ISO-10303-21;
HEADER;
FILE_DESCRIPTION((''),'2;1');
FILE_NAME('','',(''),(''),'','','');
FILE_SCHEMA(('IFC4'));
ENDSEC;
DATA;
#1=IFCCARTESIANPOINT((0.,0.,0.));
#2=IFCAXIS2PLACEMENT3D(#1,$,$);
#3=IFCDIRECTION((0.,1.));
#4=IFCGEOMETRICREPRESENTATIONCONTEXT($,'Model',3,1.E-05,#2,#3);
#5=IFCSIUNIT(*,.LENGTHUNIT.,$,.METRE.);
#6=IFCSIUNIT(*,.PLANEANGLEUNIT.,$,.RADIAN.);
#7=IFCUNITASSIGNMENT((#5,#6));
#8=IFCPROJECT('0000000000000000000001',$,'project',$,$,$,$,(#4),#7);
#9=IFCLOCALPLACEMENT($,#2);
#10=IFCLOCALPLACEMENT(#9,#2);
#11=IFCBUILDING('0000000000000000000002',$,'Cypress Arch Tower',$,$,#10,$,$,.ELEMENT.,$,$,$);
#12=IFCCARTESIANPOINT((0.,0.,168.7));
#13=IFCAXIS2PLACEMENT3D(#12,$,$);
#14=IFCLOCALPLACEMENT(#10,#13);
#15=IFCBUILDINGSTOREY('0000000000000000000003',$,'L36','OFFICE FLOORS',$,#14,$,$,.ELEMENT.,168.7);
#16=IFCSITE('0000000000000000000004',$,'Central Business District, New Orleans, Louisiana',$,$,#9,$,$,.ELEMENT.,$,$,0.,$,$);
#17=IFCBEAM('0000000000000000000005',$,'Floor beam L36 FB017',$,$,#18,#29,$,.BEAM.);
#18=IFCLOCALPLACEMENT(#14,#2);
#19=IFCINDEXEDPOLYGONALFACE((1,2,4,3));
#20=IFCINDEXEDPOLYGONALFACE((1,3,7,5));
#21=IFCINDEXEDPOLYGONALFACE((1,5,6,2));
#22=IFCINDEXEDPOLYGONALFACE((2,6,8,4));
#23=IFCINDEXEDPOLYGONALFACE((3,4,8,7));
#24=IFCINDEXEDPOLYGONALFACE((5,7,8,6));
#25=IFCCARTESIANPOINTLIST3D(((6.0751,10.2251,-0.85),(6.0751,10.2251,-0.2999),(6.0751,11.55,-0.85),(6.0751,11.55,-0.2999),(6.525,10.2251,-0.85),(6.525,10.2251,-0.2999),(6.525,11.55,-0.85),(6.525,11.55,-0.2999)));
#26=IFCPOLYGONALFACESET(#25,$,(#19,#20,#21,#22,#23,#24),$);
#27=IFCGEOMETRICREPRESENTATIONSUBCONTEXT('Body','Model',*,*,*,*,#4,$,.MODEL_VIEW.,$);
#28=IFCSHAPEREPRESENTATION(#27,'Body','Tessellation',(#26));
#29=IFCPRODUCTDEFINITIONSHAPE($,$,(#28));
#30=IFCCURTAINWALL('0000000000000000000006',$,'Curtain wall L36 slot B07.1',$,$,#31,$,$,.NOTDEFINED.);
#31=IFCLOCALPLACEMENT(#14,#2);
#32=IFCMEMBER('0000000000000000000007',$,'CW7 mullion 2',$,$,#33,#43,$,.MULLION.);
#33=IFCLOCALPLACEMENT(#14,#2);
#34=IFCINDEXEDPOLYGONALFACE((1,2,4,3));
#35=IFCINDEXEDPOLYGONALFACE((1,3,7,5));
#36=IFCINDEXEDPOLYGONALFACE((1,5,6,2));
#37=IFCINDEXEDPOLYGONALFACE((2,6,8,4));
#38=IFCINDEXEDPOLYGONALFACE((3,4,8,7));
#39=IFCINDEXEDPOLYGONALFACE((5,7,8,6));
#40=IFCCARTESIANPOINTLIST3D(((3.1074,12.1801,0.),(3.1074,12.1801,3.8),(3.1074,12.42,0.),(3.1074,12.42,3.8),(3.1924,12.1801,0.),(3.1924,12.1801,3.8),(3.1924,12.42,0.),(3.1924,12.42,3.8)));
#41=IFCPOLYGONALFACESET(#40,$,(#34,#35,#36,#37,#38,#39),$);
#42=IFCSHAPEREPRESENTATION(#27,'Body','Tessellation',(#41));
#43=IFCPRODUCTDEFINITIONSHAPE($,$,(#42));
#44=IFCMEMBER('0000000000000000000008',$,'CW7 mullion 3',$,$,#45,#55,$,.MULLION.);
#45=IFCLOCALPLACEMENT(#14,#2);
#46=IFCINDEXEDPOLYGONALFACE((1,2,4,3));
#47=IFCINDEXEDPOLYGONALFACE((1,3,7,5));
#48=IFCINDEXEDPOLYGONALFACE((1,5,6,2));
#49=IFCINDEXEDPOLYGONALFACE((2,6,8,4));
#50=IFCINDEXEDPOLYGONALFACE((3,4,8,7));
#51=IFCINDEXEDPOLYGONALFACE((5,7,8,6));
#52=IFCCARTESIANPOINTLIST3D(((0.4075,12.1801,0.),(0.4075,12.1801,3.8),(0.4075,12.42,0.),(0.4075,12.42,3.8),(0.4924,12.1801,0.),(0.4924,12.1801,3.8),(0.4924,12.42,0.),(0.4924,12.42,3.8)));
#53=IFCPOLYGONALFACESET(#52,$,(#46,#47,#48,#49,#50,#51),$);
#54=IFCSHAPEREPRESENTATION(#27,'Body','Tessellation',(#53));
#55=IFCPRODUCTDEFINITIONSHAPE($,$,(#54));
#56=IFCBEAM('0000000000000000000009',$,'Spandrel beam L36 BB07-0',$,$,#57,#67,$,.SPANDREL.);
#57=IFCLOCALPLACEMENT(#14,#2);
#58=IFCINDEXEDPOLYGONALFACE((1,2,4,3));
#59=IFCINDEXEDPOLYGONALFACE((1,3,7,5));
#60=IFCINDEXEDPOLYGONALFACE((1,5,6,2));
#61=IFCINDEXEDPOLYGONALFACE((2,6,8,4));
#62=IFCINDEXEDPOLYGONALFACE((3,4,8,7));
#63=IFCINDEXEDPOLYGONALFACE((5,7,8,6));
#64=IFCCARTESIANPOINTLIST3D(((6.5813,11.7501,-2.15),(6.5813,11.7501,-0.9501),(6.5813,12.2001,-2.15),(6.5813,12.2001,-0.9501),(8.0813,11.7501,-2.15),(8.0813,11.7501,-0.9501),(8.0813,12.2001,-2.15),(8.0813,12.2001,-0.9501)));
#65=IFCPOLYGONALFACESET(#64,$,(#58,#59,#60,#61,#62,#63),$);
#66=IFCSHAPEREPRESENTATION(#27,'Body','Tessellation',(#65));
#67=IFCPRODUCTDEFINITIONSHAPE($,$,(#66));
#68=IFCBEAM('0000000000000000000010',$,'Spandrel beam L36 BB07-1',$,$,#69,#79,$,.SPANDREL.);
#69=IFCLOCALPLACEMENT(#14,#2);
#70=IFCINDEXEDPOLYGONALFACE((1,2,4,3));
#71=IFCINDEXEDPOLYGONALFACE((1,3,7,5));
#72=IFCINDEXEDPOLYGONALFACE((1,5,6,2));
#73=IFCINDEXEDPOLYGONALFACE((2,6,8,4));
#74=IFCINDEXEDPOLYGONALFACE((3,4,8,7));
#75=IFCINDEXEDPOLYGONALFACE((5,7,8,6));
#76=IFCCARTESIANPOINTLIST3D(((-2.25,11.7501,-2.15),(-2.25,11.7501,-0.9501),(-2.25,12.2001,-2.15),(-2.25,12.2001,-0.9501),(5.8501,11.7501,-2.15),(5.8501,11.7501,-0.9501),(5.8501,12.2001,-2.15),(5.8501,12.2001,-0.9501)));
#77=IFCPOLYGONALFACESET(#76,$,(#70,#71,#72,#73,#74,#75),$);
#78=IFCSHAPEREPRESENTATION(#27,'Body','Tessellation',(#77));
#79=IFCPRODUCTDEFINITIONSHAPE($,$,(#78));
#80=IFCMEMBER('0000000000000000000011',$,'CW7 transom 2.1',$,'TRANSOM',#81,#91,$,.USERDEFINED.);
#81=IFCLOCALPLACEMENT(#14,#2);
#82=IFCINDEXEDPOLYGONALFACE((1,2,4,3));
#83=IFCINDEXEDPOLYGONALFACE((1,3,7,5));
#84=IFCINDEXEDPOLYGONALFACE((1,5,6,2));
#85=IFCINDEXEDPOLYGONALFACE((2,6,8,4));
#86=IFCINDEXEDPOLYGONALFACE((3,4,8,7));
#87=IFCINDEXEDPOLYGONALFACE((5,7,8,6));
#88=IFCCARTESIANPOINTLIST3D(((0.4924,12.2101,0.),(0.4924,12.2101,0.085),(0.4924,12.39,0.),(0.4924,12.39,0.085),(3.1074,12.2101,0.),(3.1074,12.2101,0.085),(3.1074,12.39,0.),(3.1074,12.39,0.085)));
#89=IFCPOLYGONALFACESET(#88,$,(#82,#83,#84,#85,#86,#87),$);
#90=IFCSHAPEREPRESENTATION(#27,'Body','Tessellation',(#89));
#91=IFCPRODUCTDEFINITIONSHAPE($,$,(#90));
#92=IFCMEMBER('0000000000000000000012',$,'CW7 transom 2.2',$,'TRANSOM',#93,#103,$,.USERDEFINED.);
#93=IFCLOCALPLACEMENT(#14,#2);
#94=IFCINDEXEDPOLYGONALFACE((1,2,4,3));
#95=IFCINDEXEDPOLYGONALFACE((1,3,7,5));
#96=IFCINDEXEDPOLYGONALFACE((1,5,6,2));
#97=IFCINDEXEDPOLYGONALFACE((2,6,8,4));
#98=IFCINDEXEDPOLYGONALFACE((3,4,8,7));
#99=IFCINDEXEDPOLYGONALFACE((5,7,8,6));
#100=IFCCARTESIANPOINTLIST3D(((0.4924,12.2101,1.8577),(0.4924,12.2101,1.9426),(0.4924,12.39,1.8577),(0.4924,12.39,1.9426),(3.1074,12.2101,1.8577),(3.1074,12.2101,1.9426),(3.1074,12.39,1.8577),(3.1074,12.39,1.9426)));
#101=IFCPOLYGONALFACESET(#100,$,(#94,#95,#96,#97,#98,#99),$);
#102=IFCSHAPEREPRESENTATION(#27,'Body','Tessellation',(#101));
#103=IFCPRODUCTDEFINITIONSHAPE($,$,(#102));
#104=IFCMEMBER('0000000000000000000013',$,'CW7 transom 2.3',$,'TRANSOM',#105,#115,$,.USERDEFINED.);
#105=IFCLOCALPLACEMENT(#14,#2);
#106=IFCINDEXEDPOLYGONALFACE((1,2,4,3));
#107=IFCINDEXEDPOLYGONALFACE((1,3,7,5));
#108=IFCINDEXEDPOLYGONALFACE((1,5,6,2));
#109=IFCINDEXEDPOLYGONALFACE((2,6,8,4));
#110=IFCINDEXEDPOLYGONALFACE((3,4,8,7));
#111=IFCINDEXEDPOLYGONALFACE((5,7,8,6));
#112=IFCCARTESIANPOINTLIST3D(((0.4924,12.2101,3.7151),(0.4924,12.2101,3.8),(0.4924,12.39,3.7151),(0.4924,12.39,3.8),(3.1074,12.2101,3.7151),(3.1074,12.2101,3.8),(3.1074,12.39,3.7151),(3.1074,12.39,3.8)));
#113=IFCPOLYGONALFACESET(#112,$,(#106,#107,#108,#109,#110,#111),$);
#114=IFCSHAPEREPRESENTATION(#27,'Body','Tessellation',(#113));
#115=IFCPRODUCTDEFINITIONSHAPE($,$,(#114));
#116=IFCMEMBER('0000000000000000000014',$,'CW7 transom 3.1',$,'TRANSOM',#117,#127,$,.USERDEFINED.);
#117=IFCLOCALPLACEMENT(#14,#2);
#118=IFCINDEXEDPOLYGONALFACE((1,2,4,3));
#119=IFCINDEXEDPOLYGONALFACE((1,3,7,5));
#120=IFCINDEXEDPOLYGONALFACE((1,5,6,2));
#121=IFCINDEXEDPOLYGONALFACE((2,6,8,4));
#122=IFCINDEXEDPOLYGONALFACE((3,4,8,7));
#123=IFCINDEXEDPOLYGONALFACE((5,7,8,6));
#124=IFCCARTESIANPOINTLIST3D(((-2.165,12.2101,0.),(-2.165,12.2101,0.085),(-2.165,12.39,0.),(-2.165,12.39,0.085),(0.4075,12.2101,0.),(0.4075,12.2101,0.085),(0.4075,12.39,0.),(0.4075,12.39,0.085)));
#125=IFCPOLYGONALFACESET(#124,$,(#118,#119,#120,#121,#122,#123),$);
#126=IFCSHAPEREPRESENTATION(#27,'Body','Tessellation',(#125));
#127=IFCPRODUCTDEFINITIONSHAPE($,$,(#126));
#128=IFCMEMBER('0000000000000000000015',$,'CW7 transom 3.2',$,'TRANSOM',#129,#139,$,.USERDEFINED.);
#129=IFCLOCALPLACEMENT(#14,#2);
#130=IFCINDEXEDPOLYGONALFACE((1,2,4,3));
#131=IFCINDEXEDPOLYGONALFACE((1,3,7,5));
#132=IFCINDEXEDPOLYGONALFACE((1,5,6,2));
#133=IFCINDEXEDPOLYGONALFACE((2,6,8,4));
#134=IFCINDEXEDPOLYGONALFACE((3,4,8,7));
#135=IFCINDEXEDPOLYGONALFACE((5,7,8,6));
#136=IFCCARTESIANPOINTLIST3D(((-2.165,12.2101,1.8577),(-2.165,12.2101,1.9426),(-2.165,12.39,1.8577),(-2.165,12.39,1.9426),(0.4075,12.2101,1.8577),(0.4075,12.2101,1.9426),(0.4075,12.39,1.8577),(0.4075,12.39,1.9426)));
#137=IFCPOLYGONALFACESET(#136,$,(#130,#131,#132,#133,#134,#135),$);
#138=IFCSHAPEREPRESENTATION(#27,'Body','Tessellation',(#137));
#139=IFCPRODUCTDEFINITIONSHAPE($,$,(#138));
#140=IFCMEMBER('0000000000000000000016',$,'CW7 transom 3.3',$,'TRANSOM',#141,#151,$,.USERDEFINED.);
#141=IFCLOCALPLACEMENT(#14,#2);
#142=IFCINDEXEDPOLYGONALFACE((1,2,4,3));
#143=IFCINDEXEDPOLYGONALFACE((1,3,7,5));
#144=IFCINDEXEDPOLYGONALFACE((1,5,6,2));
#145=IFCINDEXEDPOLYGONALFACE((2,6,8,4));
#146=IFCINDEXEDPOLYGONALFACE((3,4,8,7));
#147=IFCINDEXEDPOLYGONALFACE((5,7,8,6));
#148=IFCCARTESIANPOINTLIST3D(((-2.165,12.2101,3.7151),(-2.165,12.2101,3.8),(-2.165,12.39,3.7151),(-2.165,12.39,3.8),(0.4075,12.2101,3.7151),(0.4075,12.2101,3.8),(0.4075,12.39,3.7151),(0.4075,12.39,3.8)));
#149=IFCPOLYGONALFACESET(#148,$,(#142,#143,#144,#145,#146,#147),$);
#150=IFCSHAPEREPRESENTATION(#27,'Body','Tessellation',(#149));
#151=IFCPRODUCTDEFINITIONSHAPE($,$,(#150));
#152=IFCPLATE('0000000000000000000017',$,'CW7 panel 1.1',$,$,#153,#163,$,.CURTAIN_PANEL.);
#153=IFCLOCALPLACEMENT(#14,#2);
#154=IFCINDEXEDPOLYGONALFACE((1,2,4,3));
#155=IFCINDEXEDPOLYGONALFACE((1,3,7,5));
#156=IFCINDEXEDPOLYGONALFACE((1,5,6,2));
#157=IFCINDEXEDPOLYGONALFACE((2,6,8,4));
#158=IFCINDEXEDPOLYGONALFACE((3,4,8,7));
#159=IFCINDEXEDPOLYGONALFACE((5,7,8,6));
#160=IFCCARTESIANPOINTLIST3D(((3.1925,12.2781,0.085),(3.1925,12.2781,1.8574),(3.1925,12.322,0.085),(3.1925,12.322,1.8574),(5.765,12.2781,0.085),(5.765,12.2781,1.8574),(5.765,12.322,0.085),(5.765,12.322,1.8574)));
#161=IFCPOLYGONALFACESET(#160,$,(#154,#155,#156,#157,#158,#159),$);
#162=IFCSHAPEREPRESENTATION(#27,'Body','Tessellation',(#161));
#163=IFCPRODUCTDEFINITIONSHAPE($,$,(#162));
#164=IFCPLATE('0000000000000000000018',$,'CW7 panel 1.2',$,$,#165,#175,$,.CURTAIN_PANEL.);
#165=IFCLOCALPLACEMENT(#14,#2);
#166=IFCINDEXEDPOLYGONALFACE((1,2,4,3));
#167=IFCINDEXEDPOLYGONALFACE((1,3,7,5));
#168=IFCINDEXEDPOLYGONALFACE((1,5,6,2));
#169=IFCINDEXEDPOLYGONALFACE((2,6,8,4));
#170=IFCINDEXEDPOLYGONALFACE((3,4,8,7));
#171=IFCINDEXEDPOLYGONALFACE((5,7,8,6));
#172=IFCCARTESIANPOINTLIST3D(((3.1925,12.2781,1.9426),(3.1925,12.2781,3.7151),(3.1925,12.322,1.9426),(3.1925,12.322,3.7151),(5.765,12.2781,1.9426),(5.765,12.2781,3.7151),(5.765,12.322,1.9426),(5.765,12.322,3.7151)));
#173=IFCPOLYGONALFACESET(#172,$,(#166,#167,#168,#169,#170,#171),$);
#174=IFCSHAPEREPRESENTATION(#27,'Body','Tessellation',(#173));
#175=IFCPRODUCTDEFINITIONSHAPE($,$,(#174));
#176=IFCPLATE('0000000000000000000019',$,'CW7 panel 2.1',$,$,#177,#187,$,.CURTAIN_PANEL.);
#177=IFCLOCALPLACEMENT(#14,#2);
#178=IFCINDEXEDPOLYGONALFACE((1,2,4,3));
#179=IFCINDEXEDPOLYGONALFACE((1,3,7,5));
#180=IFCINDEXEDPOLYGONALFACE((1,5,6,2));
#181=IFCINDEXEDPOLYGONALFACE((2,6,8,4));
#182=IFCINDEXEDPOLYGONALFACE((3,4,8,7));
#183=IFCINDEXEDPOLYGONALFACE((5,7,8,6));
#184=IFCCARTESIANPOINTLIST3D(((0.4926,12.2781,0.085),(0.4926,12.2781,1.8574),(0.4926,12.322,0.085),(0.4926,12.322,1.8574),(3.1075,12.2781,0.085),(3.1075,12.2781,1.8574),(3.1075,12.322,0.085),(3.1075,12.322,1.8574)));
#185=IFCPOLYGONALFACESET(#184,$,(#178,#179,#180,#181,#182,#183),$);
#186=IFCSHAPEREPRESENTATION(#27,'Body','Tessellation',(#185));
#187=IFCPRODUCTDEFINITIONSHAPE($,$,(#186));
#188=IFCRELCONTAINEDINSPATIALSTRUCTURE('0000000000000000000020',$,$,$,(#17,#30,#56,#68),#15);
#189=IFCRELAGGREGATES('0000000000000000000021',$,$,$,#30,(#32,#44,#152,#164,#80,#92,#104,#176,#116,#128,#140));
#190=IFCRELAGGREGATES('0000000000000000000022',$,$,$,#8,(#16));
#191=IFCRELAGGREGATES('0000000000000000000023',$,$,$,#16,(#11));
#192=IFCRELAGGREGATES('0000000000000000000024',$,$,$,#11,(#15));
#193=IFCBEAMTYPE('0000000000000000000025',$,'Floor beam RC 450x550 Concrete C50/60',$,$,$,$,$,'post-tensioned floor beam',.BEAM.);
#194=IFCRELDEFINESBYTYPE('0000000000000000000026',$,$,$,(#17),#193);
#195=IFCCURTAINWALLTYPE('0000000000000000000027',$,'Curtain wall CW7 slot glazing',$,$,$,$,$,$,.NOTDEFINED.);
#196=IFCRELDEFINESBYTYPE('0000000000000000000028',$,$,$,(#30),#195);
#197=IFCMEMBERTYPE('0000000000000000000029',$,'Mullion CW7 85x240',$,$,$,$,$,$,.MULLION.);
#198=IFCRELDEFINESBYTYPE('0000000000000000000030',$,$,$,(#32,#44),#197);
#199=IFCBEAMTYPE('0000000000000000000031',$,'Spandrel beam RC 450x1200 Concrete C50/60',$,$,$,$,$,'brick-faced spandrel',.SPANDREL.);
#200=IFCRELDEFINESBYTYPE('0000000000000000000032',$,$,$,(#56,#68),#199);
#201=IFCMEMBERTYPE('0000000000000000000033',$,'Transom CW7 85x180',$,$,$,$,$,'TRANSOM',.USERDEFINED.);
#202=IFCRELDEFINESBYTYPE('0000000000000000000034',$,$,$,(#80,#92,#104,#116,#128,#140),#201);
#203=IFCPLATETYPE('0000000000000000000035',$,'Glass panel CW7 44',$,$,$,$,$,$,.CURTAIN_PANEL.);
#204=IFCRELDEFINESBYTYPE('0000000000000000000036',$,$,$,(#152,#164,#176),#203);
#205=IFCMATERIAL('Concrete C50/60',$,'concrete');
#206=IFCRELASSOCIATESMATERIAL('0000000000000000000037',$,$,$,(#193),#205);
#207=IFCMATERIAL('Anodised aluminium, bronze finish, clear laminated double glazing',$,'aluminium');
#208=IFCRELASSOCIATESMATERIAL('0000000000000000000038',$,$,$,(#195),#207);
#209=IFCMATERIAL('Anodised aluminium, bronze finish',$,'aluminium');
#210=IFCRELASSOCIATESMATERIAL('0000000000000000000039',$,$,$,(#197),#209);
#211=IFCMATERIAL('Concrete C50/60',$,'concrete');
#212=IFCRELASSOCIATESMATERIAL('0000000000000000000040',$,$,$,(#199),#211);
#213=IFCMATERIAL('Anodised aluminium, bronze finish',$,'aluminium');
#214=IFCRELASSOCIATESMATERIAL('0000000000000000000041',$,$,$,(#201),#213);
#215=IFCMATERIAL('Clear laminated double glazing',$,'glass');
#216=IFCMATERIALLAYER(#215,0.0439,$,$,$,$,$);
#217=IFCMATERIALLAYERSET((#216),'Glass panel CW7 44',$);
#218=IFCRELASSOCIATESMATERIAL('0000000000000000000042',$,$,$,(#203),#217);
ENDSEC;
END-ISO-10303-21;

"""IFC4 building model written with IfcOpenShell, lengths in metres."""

from ifc_helpers import new_model, si_unit, direction, frame, origin, origin_2d, place, context, subcontext, project, spatial, rectangle, extrude, material, layer, layer_set, material_profile, profile_set, type_object, element, aggregate, save


model = new_model("IFC4")

# Units and contexts
model_context = context("Model", 3, precision=1e-05, world=origin(), true_north=direction((0.0, 1.0)))
body_context = subcontext(model_context, "Body", "Model", "MODEL_VIEW")
ifc_project = project(units=[si_unit("LENGTHUNIT", "METRE"), si_unit("PLANEANGLEUNIT", "RADIAN")], contexts=[model_context])

# Site, building, storey
site_placement = place(None, origin())
site = spatial("IfcSite", under=ifc_project, at=site_placement, Name="Central Business District, New Orleans, Louisiana", CompositionType="ELEMENT", RefElevation=0.0)
building_placement = place(site_placement, origin())
building = spatial("IfcBuilding", under=site, at=building_placement, Name="Cypress Arch Tower", CompositionType="ELEMENT")
storey_placement = place(building_placement, frame((0.0, 0.0, 168.7)))
storey = spatial("IfcBuildingStorey", under=building, at=storey_placement, Name="L36", Description="OFFICE FLOORS", CompositionType="ELEMENT", Elevation=168.7)

# Beam
ifc_material_1 = material(Name="Concrete C50/60", Category="concrete")
ifc_material_profile_1 = material_profile(ifc_material_1, rectangle(XDim=0.45, YDim=0.55, at=origin_2d()), Name="RC 450x550")
ifc_profile_set_1 = profile_set([ifc_material_profile_1], Name="Concrete C50/60")
beam_type_1 = type_object("IfcBeamType", Name="Floor beam RC 450x550 Concrete C50/60", ElementType="post-tensioned floor beam", PredefinedType="BEAM", material=ifc_profile_set_1)
beam_1_placement = place(storey_placement, frame((6.3, 10.2251, -0.575), z_axis=(0.0, 1.0, 0.0), x_axis=(-1.0, 0.0, 0.0)))
element("IfcBeam", 1, at=beam_1_placement, inside=storey, type_object=beam_type_1, Name="Floor beam L36 FB017", PredefinedType="BEAM", context=body_context, shape_type="SweptSolid", body=[
    extrude(rectangle(XDim=0.45, YDim=0.55, at=origin_2d()), origin(), (0.0, 0.0, 1.0), 1.325),
])

# Curtain wall, members
ifc_material_2 = material(Name="Anodised aluminium, bronze finish, clear laminated double glazing", Category="aluminium")
curtain_wall_type = type_object("IfcCurtainWallType", Name="Curtain wall CW7 slot glazing", PredefinedType="NOTDEFINED", material=ifc_material_2)
curtain_wall_placement = place(storey_placement, origin())
curtain_wall = element("IfcCurtainWall", 2, at=curtain_wall_placement, inside=storey, type_object=curtain_wall_type, Name="Curtain wall L36 slot B07.1", PredefinedType="NOTDEFINED")
ifc_material_3 = material(Name="Anodised aluminium, bronze finish", Category="aluminium")
ifc_material_profile_2 = material_profile(ifc_material_3, rectangle(XDim=0.24, YDim=0.085, at=origin_2d()), Name="Mullion 85x240")
ifc_profile_set_2 = profile_set([ifc_material_profile_2], Name="Anodised aluminium, bronze finish")
member_type_1 = type_object("IfcMemberType", Name="Mullion CW7 85x240", PredefinedType="MULLION", material=ifc_profile_set_2)
member_1_placement = place(storey_placement, frame((3.1499, 12.3, 0.0), z_axis=(0.0, 0.0, 1.0), x_axis=(0.0, -1.0, 0.0)))
member_1 = element("IfcMember", 3, at=member_1_placement, type_object=member_type_1, Name="CW7 mullion 2", PredefinedType="MULLION", context=body_context, shape_type="SweptSolid", body=[
    extrude(rectangle(XDim=0.24, YDim=0.085, at=origin_2d()), origin(), (0.0, 0.0, 1.0), 3.8),
])
member_2_placement = place(storey_placement, frame((0.45, 12.3, 0.0), z_axis=(0.0, 0.0, 1.0), x_axis=(0.0, -1.0, 0.0)))
member_2 = element("IfcMember", 4, at=member_2_placement, type_object=member_type_1, Name="CW7 mullion 3", PredefinedType="MULLION", context=body_context, shape_type="SweptSolid", body=[
    extrude(rectangle(XDim=0.24, YDim=0.085, at=origin_2d()), origin(), (0.0, 0.0, 1.0), 3.8),
])

# Beams
ifc_material_4 = material(Name="Concrete C50/60", Category="concrete")
ifc_material_profile_3 = material_profile(ifc_material_4, rectangle(XDim=0.45, YDim=1.2, at=origin_2d()), Name="RC 450x1200")
ifc_profile_set_3 = profile_set([ifc_material_profile_3], Name="Concrete C50/60")
beam_type_2 = type_object("IfcBeamType", Name="Spandrel beam RC 450x1200 Concrete C50/60", ElementType="brick-faced spandrel", PredefinedType="SPANDREL", material=ifc_profile_set_3)
beam_2_placement = place(storey_placement, frame((8.0813, 11.9751, -1.55), z_axis=(-1.0, 0.0, 0.0), x_axis=(0.0, -1.0, 0.0)))
element("IfcBeam", 5, at=beam_2_placement, inside=storey, type_object=beam_type_2, Name="Spandrel beam L36 BB07-0", PredefinedType="SPANDREL", context=body_context, shape_type="SweptSolid", body=[
    extrude(rectangle(XDim=0.45, YDim=1.2, at=origin_2d()), origin(), (0.0, 0.0, 1.0), 1.5),
])
beam_3_placement = place(storey_placement, frame((5.8501, 11.9751, -1.55), z_axis=(-1.0, 0.0, 0.0), x_axis=(0.0, -1.0, 0.0)))
element("IfcBeam", 6, at=beam_3_placement, inside=storey, type_object=beam_type_2, Name="Spandrel beam L36 BB07-1", PredefinedType="SPANDREL", context=body_context, shape_type="SweptSolid", body=[
    extrude(rectangle(XDim=0.45, YDim=1.2, at=origin_2d()), origin(), (0.0, 0.0, 1.0), 8.1001),
])

# Members
ifc_material_5 = material(Name="Anodised aluminium, bronze finish", Category="aluminium")
ifc_material_profile_4 = material_profile(ifc_material_5, rectangle(XDim=0.1799, YDim=0.085, at=origin_2d()), Name="Transom 85x180")
ifc_profile_set_4 = profile_set([ifc_material_profile_4], Name="Anodised aluminium, bronze finish")
member_type_2 = type_object("IfcMemberType", Name="Transom CW7 85x180", ElementType="TRANSOM", PredefinedType="USERDEFINED", material=ifc_profile_set_4)
member_3_placement = place(storey_placement, frame((3.1074, 12.3, 0.0425), z_axis=(-1.0, 0.0, 0.0), x_axis=(0.0, -1.0, 0.0)))
member_3 = element("IfcMember", 7, at=member_3_placement, type_object=member_type_2, Name="CW7 transom 2.1", ObjectType="TRANSOM", PredefinedType="USERDEFINED", context=body_context, shape_type="SweptSolid", body=[
    extrude(rectangle(XDim=0.1799, YDim=0.085, at=origin_2d()), origin(), (0.0, 0.0, 1.0), 2.615),
])
member_4_placement = place(storey_placement, frame((3.1074, 12.3, 1.9001), z_axis=(-1.0, 0.0, 0.0), x_axis=(0.0, -1.0, 0.0)))
member_4 = element("IfcMember", 8, at=member_4_placement, type_object=member_type_2, Name="CW7 transom 2.2", ObjectType="TRANSOM", PredefinedType="USERDEFINED", context=body_context, shape_type="SweptSolid", body=[
    extrude(rectangle(XDim=0.1799, YDim=0.085, at=origin_2d()), origin(), (0.0, 0.0, 1.0), 2.615),
])
member_5_placement = place(storey_placement, frame((3.1074, 12.3, 3.7576), z_axis=(-1.0, 0.0, 0.0), x_axis=(0.0, -1.0, 0.0)))
member_5 = element("IfcMember", 9, at=member_5_placement, type_object=member_type_2, Name="CW7 transom 2.3", ObjectType="TRANSOM", PredefinedType="USERDEFINED", context=body_context, shape_type="SweptSolid", body=[
    extrude(rectangle(XDim=0.1799, YDim=0.085, at=origin_2d()), origin(), (0.0, 0.0, 1.0), 2.615),
])
member_6_placement = place(storey_placement, frame((0.4075, 12.3, 0.0425), z_axis=(-1.0, 0.0, 0.0), x_axis=(0.0, -1.0, 0.0)))
member_6 = element("IfcMember", 10, at=member_6_placement, type_object=member_type_2, Name="CW7 transom 3.1", ObjectType="TRANSOM", PredefinedType="USERDEFINED", context=body_context, shape_type="SweptSolid", body=[
    extrude(rectangle(XDim=0.1799, YDim=0.085, at=origin_2d()), origin(), (0.0, 0.0, 1.0), 2.5725),
])
member_7_placement = place(storey_placement, frame((0.4075, 12.3, 1.9001), z_axis=(-1.0, 0.0, 0.0), x_axis=(0.0, -1.0, 0.0)))
member_7 = element("IfcMember", 11, at=member_7_placement, type_object=member_type_2, Name="CW7 transom 3.2", ObjectType="TRANSOM", PredefinedType="USERDEFINED", context=body_context, shape_type="SweptSolid", body=[
    extrude(rectangle(XDim=0.1799, YDim=0.085, at=origin_2d()), origin(), (0.0, 0.0, 1.0), 2.5725),
])
member_8_placement = place(storey_placement, frame((0.4075, 12.3, 3.7576), z_axis=(-1.0, 0.0, 0.0), x_axis=(0.0, -1.0, 0.0)))
member_8 = element("IfcMember", 12, at=member_8_placement, type_object=member_type_2, Name="CW7 transom 3.3", ObjectType="TRANSOM", PredefinedType="USERDEFINED", context=body_context, shape_type="SweptSolid", body=[
    extrude(rectangle(XDim=0.1799, YDim=0.085, at=origin_2d()), origin(), (0.0, 0.0, 1.0), 2.5725),
])

# Plates
ifc_material_6 = material(Name="Clear laminated double glazing", Category="glass")
ifc_layer = layer(ifc_material_6, 0.0439)
ifc_layer_set = layer_set([ifc_layer], Name="Glass panel CW7 44")
plate_type = type_object("IfcPlateType", Name="Glass panel CW7 44", PredefinedType="CURTAIN_PANEL", material=ifc_layer_set)
plate_1_placement = place(storey_placement, frame((4.4788, 12.3, 0.085), z_axis=(0.0, 0.0, 1.0), x_axis=(-1.0, 0.0, 0.0)))
plate_1 = element("IfcPlate", 13, at=plate_1_placement, type_object=plate_type, Name="CW7 panel 1.1", PredefinedType="CURTAIN_PANEL", context=body_context, shape_type="SweptSolid", body=[
    extrude(rectangle(XDim=2.5725, YDim=0.0439, at=origin_2d()), origin(), (0.0, 0.0, 1.0), 1.7725),
])
plate_2_placement = place(storey_placement, frame((4.4788, 12.3, 1.9426), z_axis=(0.0, 0.0, 1.0), x_axis=(-1.0, 0.0, 0.0)))
plate_2 = element("IfcPlate", 14, at=plate_2_placement, type_object=plate_type, Name="CW7 panel 1.2", PredefinedType="CURTAIN_PANEL", context=body_context, shape_type="SweptSolid", body=[
    extrude(rectangle(XDim=2.5725, YDim=0.0439, at=origin_2d()), origin(), (0.0, 0.0, 1.0), 1.7725),
])
plate_3_placement = place(storey_placement, frame((1.8, 12.3, 0.085), z_axis=(0.0, 0.0, 1.0), x_axis=(-1.0, 0.0, 0.0)))
plate_3 = element("IfcPlate", 15, at=plate_3_placement, type_object=plate_type, Name="CW7 panel 2.1", PredefinedType="CURTAIN_PANEL", context=body_context, shape_type="SweptSolid", body=[
    extrude(rectangle(XDim=2.615, YDim=0.0439, at=origin_2d()), origin(), (0.0, 0.0, 1.0), 1.7725),
])
aggregate(curtain_wall, [member_1, member_2, plate_1, plate_2, member_3, member_4, member_5, plate_3, member_6, member_7, member_8])

save(model, "model.ifc")
